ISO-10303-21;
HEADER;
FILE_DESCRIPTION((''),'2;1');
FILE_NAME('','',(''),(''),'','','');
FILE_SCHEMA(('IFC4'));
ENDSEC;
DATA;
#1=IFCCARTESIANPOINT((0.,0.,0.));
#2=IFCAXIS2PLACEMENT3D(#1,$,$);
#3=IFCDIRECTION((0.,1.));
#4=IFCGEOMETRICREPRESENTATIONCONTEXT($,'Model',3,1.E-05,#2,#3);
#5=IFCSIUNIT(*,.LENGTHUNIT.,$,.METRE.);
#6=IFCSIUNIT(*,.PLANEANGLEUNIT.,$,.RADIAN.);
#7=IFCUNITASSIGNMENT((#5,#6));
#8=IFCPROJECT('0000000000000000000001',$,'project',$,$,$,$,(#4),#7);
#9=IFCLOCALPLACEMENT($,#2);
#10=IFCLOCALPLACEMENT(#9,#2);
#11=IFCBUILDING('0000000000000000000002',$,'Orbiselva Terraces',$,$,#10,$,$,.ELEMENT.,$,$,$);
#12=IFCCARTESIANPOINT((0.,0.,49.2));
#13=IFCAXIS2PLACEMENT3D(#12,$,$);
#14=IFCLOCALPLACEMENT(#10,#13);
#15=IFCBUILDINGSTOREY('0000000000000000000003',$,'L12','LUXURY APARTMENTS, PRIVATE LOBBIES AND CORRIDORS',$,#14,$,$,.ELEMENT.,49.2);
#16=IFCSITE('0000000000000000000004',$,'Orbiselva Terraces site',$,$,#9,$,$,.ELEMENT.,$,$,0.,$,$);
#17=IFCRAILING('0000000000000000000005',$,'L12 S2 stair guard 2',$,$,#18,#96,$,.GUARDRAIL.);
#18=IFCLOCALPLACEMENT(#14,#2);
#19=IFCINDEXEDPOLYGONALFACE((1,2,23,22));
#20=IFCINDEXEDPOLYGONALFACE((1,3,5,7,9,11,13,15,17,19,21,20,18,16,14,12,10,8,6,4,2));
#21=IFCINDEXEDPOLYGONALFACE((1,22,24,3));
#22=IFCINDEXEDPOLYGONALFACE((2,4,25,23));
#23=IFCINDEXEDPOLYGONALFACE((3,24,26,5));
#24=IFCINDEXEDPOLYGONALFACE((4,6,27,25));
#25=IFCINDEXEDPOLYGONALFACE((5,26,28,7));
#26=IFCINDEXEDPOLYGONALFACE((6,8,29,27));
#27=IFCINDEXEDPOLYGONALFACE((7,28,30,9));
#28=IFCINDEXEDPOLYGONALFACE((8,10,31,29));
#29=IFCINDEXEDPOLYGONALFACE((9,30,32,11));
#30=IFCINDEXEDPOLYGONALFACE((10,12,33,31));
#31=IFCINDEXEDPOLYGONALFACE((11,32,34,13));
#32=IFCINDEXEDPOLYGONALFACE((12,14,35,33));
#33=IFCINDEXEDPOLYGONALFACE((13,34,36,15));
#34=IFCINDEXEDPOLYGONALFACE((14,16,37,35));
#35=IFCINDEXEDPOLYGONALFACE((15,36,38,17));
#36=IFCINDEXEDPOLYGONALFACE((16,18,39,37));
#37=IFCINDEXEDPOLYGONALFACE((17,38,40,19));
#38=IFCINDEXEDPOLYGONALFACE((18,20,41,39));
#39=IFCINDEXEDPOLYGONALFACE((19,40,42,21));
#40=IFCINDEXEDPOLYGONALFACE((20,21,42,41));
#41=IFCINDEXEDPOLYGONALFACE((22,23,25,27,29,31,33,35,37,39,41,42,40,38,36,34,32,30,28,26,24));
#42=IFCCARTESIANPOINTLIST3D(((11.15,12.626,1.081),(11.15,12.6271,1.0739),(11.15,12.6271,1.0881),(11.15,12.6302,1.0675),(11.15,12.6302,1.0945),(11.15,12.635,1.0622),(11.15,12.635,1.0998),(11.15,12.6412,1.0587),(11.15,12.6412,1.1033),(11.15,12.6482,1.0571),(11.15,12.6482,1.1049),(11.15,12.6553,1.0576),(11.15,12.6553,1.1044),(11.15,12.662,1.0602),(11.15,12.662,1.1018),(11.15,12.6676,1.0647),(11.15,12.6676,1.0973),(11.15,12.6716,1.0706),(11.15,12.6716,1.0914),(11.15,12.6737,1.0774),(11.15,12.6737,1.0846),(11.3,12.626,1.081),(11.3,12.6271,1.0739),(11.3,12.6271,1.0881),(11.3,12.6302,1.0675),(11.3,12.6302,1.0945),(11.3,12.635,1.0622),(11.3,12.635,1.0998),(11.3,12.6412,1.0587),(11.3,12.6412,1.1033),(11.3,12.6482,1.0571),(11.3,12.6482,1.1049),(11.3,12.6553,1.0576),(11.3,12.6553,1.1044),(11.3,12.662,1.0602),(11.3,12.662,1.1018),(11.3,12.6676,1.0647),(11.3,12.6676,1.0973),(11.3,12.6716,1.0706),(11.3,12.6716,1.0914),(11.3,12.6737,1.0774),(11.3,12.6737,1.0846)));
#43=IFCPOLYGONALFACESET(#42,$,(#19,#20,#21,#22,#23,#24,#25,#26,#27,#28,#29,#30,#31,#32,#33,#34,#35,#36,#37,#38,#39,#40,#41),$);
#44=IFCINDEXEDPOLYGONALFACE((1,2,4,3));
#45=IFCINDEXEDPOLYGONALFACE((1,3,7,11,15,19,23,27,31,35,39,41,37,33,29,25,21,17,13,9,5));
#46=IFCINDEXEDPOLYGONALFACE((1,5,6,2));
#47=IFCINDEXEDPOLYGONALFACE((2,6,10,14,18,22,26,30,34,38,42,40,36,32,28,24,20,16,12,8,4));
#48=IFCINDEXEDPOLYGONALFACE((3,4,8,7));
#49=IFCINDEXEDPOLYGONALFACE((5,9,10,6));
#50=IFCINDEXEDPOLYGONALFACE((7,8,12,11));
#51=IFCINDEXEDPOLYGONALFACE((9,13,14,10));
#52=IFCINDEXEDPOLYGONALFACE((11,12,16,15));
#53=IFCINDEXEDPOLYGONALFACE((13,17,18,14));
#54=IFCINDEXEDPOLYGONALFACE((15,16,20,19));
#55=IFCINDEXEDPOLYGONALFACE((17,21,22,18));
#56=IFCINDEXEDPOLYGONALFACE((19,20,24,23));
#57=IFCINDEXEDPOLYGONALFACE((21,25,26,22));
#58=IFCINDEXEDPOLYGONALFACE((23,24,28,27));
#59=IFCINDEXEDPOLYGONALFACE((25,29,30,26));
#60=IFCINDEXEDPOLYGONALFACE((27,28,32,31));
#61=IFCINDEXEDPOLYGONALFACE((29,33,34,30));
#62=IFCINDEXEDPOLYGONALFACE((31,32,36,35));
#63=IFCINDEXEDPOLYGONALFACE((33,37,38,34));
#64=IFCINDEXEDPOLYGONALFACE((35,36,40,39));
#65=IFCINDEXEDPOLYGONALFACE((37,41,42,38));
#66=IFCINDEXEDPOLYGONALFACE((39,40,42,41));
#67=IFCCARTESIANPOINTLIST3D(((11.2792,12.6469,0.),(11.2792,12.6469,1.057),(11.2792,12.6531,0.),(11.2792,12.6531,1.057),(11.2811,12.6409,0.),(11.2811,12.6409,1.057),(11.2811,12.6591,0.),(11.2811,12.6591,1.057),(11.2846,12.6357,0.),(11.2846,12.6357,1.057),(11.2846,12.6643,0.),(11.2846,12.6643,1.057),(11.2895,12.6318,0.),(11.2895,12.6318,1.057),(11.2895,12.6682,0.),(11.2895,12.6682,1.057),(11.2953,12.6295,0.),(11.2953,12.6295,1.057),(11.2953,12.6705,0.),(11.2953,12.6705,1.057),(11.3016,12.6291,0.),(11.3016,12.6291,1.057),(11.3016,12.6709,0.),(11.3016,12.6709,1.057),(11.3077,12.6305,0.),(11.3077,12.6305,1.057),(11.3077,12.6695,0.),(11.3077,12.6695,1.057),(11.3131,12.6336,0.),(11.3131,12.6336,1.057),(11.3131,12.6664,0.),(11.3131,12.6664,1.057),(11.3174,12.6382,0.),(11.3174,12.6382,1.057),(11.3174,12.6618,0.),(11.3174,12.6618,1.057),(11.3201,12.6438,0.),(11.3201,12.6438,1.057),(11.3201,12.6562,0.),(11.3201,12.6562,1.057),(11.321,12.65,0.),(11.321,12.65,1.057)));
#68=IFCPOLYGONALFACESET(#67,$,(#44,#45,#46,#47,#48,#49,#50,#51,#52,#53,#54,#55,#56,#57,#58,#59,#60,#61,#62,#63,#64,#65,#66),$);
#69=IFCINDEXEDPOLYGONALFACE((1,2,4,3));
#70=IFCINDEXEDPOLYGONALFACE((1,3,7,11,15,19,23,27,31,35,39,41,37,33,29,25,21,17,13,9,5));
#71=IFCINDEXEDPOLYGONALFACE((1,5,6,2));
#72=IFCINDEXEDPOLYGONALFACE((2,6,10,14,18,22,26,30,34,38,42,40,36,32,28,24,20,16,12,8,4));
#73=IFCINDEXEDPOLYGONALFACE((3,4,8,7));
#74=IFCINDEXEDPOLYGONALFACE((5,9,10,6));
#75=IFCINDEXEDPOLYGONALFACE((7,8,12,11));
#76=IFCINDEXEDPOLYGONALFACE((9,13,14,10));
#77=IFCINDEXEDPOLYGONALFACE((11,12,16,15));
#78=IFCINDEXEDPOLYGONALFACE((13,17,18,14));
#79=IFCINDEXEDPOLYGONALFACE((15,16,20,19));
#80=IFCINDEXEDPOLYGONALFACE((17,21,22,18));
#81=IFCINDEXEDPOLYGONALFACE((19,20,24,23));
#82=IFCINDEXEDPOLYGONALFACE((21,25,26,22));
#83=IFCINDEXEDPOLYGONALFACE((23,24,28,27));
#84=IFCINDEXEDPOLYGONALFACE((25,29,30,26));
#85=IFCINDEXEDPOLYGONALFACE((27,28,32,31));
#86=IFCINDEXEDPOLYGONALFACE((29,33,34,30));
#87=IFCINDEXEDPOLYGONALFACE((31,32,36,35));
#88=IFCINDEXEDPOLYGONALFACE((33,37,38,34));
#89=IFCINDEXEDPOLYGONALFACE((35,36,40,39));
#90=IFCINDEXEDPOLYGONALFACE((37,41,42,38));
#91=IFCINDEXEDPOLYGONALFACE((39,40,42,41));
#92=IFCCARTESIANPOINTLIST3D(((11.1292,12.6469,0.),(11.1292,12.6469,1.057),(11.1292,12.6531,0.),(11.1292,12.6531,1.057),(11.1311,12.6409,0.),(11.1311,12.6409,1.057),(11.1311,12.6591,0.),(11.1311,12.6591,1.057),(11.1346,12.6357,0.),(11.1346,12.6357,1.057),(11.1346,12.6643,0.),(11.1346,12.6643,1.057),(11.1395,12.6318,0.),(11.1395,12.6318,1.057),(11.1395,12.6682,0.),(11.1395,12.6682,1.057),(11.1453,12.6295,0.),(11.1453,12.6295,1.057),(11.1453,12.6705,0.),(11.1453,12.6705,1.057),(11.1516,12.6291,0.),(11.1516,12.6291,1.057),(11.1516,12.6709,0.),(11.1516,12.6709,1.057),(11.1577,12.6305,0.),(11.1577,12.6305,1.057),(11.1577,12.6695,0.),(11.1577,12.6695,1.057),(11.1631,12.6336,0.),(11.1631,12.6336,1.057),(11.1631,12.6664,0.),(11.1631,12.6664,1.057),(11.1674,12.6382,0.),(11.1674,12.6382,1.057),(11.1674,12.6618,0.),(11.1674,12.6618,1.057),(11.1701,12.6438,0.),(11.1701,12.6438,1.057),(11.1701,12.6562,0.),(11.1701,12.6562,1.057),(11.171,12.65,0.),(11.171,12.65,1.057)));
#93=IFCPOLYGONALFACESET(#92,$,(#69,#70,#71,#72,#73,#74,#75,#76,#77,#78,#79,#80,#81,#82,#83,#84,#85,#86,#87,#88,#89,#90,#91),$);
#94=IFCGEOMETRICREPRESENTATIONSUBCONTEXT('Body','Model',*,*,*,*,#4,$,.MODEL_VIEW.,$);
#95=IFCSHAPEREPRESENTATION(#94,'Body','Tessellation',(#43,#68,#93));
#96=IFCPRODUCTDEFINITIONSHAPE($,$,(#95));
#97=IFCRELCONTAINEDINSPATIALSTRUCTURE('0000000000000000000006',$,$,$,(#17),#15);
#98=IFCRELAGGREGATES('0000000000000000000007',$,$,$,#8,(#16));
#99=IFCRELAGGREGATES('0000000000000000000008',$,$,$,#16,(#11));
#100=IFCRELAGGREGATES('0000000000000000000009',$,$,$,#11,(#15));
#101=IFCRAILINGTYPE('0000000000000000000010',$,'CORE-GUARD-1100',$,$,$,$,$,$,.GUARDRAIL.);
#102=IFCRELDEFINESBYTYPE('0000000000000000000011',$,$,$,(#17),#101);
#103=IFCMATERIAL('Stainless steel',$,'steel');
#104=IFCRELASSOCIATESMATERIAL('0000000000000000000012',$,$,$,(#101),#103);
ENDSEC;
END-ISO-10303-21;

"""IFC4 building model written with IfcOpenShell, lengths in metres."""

from ifc_helpers import new_model, si_unit, direction, frame, origin, origin_2d, place, context, subcontext, project, spatial, circle, extrude, material, type_object, element, save


model = new_model("IFC4")

# Units and contexts
model_context = context("Model", 3, precision=1e-05, world=origin(), true_north=direction((0.0, 1.0)))
body_context = subcontext(model_context, "Body", "Model", "MODEL_VIEW")
ifc_project = project(units=[si_unit("LENGTHUNIT", "METRE"), si_unit("PLANEANGLEUNIT", "RADIAN")], contexts=[model_context])

# Site, building, storey
site_placement = place(None, origin())
site = spatial("IfcSite", under=ifc_project, at=site_placement, Name="Orbiselva Terraces site", CompositionType="ELEMENT", RefElevation=0.0)
building_placement = place(site_placement, origin())
building = spatial("IfcBuilding", under=site, at=building_placement, Name="Orbiselva Terraces", CompositionType="ELEMENT")
storey_placement = place(building_placement, frame((0.0, 0.0, 49.2)))
storey = spatial("IfcBuildingStorey", under=building, at=storey_placement, Name="L12", Description="LUXURY APARTMENTS, PRIVATE LOBBIES AND CORRIDORS", CompositionType="ELEMENT", Elevation=49.2)

# Railing
ifc_material_1 = material(Name="Stainless steel", Category="steel")
railing_type = type_object("IfcRailingType", Name="CORE-GUARD-1100", PredefinedType="GUARDRAIL", material=ifc_material_1)
railing_placement = place(storey_placement, frame((11.3, 12.65, 0.0)))
element("IfcRailing", 1, at=railing_placement, inside=storey, type_object=railing_type, Name="L12 S2 stair guard 2", PredefinedType="GUARDRAIL", context=body_context, shape_type="SweptSolid", body=[
    extrude(circle(Radius=0.024, at=origin_2d()), frame((0.0, 0.0, 1.081), z_axis=(-1.0, 0.0, 0.0), x_axis=(0.0, -1.0, 0.0)), (0.0, 0.0, 1.0), 0.15),
    extrude(circle(Radius=0.021, at=origin_2d()), origin(), (0.0, 0.0, 1.0), 1.057),
    extrude(circle(Radius=0.021, at=origin_2d()), frame((-0.15, 0.0, 0.0)), (0.0, 0.0, 1.0), 1.057),
])

save(model, "model.ifc")
